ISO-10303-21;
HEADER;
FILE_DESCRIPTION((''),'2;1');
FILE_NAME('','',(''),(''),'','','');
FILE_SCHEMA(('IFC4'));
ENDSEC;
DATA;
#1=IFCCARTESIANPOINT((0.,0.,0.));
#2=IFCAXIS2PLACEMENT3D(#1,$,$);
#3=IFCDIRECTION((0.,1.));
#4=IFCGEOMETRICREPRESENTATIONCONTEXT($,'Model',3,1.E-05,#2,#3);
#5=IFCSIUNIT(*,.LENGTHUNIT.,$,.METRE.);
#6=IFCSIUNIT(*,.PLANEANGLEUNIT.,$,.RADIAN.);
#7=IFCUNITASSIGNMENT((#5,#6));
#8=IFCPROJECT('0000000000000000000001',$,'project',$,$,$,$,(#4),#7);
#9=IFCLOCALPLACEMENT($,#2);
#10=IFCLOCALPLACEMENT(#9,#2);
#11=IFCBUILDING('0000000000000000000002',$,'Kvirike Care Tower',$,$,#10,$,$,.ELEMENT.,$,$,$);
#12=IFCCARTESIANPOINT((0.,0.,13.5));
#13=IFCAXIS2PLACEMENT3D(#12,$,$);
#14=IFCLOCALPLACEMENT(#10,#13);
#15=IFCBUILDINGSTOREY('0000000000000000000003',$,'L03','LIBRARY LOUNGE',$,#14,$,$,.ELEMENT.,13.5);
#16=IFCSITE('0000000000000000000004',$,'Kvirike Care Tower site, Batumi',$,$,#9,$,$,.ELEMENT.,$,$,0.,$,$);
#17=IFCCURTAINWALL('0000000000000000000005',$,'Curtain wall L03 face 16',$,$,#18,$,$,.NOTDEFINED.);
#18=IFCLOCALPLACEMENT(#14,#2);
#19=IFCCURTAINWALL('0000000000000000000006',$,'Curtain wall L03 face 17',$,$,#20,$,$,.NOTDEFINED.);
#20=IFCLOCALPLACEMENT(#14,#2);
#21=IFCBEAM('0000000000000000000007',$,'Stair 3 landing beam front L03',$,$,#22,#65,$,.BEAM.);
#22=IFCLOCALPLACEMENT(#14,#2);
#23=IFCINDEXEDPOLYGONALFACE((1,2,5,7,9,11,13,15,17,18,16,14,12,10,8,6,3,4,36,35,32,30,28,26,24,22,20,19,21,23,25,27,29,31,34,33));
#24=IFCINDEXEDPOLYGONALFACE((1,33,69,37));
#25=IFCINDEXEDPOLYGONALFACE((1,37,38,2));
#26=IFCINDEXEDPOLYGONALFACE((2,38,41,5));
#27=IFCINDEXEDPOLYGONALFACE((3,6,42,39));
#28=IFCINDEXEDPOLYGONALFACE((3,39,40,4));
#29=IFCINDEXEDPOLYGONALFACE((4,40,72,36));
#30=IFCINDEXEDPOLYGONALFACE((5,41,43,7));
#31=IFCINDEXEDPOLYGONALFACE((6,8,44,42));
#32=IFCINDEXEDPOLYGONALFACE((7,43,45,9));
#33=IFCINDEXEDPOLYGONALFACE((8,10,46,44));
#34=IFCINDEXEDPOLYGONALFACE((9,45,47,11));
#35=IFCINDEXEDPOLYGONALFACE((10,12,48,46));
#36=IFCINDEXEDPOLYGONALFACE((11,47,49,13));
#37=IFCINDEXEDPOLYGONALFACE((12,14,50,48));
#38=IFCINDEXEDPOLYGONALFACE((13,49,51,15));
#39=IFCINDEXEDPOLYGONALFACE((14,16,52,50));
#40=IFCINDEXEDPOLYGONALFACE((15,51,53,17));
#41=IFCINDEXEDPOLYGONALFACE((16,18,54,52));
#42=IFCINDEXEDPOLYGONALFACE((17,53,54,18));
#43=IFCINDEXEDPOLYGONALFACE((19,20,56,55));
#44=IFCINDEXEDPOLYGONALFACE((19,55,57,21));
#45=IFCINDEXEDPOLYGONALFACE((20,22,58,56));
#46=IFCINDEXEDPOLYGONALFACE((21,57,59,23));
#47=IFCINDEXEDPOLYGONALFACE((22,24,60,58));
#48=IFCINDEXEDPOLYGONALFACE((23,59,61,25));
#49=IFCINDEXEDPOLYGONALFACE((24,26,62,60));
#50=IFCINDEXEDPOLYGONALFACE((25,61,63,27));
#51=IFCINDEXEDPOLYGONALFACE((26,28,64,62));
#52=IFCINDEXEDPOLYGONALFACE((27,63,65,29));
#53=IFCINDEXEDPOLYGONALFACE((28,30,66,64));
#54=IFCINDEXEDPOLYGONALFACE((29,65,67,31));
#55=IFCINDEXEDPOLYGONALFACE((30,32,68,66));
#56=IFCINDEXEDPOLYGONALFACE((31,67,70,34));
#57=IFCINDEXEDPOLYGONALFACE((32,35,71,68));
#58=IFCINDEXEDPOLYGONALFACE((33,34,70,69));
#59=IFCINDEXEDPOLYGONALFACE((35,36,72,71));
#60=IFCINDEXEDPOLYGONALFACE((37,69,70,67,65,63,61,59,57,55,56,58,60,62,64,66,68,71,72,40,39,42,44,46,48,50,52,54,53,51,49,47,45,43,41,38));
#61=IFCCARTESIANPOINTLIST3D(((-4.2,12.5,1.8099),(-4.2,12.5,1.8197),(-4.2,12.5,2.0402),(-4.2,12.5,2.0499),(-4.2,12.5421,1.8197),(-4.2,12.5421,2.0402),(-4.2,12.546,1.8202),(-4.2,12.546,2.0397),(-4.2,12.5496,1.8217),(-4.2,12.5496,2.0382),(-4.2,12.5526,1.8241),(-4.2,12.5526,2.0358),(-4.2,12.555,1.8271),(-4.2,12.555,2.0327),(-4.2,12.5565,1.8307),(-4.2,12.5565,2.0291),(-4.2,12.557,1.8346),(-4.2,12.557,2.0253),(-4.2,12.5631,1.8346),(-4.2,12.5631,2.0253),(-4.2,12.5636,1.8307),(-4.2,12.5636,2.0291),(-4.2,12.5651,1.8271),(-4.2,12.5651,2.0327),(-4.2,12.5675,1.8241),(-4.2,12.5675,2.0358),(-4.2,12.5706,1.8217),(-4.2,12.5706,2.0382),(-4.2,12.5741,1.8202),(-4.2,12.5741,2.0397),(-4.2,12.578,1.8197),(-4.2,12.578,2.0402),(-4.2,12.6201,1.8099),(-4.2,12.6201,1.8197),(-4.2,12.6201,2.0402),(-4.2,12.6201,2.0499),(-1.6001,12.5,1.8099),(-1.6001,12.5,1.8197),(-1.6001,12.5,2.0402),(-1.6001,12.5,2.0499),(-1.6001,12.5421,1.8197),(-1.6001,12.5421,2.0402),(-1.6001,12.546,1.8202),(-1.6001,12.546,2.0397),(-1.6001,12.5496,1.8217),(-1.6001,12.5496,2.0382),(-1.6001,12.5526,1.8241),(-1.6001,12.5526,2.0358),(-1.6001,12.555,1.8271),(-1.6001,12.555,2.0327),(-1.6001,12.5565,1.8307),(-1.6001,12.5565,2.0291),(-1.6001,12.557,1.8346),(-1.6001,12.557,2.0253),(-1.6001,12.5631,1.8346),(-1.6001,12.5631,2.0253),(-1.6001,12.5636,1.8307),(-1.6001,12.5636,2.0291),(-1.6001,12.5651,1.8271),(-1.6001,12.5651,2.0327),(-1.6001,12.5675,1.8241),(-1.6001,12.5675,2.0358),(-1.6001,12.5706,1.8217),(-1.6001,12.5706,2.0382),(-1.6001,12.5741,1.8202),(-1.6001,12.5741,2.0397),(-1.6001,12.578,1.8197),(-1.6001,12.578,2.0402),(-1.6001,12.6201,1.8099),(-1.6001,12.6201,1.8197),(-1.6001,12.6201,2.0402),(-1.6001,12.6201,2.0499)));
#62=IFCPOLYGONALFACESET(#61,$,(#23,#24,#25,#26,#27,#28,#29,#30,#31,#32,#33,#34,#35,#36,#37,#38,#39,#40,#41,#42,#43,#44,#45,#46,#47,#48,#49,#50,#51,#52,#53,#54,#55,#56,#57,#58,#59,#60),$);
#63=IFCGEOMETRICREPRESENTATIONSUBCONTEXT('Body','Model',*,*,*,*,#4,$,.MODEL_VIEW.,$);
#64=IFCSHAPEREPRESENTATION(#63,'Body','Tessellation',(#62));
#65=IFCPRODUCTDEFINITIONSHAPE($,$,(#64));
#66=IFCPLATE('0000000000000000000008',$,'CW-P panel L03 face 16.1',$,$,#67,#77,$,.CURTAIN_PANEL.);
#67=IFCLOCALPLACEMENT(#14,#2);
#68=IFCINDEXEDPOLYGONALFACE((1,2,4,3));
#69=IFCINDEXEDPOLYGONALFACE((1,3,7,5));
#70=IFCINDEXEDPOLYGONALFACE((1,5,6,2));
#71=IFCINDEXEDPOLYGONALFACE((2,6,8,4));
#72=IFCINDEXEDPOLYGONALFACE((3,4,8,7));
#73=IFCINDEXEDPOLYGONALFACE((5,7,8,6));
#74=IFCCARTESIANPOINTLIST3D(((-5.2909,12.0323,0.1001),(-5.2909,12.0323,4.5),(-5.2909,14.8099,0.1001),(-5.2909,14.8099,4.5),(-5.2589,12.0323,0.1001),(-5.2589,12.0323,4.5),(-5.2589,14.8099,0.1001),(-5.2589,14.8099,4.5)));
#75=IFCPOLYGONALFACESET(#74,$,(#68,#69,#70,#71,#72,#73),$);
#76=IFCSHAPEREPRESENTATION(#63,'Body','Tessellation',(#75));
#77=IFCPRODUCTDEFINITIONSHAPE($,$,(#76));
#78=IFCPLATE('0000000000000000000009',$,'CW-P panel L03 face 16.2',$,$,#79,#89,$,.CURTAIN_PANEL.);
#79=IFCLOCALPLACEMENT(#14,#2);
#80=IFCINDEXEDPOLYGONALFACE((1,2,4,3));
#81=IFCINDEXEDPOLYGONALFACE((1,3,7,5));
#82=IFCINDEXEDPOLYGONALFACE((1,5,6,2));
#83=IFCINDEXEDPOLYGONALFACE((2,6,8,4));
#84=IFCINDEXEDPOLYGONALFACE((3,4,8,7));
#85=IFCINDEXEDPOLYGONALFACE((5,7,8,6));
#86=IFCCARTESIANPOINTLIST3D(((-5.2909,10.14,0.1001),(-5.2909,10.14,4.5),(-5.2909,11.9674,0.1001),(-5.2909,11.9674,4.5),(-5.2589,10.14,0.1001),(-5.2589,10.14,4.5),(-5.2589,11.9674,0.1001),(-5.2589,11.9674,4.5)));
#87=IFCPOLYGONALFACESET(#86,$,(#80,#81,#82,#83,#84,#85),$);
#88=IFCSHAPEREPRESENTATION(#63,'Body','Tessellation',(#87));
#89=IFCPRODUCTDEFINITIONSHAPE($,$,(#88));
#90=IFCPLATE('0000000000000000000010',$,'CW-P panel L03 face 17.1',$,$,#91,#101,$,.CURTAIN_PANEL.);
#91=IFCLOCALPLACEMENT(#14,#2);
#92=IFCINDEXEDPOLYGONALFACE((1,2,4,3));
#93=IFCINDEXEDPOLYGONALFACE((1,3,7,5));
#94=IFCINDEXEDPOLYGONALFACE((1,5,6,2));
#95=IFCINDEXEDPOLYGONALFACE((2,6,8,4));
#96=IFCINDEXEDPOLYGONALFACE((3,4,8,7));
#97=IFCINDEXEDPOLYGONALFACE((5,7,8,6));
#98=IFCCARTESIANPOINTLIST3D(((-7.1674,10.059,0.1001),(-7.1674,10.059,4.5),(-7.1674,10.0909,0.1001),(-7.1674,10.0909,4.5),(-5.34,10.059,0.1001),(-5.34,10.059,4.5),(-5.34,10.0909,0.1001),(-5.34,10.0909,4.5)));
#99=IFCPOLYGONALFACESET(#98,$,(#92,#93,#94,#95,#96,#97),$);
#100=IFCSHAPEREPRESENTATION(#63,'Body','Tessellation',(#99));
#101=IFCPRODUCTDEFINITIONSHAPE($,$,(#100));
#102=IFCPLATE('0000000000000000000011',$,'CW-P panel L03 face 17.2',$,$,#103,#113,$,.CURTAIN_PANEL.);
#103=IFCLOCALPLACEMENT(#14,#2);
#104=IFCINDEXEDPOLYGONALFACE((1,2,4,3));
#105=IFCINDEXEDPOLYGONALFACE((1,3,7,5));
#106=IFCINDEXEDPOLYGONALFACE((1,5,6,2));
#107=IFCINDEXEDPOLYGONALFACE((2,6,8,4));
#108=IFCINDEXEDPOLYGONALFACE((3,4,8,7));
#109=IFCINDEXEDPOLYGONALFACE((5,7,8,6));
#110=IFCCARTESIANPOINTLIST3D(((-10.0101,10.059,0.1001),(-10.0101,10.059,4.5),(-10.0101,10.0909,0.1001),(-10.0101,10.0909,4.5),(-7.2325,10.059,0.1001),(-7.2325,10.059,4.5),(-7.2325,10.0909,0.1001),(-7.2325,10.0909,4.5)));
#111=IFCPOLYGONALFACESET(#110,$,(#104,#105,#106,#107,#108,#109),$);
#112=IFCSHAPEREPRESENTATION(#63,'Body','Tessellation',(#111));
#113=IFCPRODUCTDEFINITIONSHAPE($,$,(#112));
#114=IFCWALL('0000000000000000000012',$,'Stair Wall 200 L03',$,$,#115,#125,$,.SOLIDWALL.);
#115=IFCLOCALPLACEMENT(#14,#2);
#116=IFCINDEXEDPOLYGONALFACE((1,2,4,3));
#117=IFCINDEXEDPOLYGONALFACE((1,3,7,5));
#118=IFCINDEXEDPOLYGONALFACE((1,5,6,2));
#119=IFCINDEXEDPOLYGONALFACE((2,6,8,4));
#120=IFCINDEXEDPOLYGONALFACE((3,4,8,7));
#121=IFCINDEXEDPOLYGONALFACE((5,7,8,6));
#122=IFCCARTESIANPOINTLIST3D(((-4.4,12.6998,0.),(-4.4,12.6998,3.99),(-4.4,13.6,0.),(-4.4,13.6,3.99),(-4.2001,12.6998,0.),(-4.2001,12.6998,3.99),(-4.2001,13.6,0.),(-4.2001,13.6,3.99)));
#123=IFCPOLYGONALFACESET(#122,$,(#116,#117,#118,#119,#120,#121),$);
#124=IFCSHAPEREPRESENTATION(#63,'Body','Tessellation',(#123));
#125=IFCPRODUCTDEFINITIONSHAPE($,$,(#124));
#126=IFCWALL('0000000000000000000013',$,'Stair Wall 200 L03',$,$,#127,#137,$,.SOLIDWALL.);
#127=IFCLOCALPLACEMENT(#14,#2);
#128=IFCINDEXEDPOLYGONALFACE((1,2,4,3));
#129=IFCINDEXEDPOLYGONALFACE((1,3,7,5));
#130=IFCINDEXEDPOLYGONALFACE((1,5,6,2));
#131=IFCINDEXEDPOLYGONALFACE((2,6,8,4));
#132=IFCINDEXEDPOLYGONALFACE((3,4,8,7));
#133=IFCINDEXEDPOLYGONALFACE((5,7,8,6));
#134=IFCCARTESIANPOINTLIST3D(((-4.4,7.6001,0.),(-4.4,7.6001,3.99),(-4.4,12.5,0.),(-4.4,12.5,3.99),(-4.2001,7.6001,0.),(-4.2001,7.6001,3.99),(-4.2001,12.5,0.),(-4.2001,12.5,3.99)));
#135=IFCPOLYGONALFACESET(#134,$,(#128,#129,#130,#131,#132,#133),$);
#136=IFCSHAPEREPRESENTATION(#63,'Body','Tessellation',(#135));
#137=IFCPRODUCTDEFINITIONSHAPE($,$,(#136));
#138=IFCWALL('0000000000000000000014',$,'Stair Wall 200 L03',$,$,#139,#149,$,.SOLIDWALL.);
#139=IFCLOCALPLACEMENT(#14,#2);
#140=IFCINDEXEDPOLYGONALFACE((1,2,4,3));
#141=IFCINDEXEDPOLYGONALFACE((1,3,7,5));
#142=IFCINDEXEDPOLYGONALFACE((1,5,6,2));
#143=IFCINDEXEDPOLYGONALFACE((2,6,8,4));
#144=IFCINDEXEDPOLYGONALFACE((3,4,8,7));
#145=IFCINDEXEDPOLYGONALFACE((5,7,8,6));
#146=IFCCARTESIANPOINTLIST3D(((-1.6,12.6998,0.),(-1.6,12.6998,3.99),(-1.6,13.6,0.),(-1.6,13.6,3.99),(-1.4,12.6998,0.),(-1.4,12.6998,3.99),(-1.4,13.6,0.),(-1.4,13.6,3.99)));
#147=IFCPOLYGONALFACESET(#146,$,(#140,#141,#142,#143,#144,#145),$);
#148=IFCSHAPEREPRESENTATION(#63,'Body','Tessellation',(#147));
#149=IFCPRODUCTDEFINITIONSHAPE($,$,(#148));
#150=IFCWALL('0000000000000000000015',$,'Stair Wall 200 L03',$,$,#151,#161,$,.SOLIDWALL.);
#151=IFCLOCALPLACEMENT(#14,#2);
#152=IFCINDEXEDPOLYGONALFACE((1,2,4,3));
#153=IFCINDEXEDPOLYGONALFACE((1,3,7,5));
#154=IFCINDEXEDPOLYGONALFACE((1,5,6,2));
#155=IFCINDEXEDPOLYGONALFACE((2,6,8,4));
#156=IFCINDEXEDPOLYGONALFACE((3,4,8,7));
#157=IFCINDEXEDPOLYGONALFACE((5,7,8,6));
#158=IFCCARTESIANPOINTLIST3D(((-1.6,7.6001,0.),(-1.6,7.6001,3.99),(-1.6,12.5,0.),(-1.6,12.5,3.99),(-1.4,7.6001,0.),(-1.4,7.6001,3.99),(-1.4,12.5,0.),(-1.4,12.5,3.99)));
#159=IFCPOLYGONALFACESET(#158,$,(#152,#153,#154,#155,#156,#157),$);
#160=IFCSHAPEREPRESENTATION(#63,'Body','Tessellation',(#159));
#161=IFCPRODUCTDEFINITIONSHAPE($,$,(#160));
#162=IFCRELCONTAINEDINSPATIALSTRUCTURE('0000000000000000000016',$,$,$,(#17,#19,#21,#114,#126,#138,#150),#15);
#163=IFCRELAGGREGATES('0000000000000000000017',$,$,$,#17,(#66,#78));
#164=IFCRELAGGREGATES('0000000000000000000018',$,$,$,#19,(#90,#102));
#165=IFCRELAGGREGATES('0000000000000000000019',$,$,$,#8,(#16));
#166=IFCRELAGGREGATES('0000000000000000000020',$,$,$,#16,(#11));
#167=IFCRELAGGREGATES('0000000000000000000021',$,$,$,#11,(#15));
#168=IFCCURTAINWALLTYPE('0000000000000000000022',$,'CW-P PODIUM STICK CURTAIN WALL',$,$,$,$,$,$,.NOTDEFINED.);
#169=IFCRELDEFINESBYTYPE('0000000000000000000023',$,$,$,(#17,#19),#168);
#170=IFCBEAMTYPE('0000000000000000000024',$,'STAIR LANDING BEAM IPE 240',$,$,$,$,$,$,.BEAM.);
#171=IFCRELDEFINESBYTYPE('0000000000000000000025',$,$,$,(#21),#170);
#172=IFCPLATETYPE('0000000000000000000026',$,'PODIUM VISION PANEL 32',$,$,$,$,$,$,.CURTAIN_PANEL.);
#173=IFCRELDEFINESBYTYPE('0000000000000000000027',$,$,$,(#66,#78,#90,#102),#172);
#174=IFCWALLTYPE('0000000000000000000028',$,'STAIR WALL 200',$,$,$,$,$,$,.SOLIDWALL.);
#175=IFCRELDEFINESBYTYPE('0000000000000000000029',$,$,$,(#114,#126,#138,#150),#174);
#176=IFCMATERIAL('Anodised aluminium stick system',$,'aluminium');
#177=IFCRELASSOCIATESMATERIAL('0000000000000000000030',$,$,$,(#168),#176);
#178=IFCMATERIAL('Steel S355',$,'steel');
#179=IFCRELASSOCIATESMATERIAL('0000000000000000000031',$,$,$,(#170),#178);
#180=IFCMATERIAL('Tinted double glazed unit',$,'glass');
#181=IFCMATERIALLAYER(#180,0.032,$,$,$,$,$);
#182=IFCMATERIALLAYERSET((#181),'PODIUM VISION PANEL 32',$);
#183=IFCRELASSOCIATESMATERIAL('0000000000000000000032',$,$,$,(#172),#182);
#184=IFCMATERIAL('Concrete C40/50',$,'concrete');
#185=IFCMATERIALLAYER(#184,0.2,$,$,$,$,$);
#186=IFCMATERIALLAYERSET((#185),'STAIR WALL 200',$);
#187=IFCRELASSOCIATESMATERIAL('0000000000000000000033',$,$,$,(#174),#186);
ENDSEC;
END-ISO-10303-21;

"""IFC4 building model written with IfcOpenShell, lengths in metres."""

from ifc_helpers import new_model, si_unit, direction, frame, frame_2d, origin, origin_2d, place, context, subcontext, project, spatial, rectangle, i_section, extrude, material, layer, layer_set, material_profile, profile_set, type_object, element, aggregate, save


model = new_model("IFC4")

# Units and contexts
model_context = context("Model", 3, precision=1e-05, world=origin(), true_north=direction((0.0, 1.0)))
body_context = subcontext(model_context, "Body", "Model", "MODEL_VIEW")
ifc_project = project(units=[si_unit("LENGTHUNIT", "METRE"), si_unit("PLANEANGLEUNIT", "RADIAN")], contexts=[model_context])

# Site, building, storey
site_placement = place(None, origin())
site = spatial("IfcSite", under=ifc_project, at=site_placement, Name="Kvirike Care Tower site, Batumi", CompositionType="ELEMENT", RefElevation=0.0)
building_placement = place(site_placement, origin())
building = spatial("IfcBuilding", under=site, at=building_placement, Name="Kvirike Care Tower", CompositionType="ELEMENT")
storey_placement = place(building_placement, frame((0.0, 0.0, 13.5)))
storey = spatial("IfcBuildingStorey", under=building, at=storey_placement, Name="L03", Description="LIBRARY LOUNGE", CompositionType="ELEMENT", Elevation=13.5)

# Curtain walls
ifc_material_1 = material(Name="Anodised aluminium stick system", Category="aluminium")
curtain_wall_type = type_object("IfcCurtainWallType", Name="CW-P PODIUM STICK CURTAIN WALL", PredefinedType="NOTDEFINED", material=ifc_material_1)
curtain_wall_1_placement = place(storey_placement, origin())
curtain_wall_1 = element("IfcCurtainWall", 1, at=curtain_wall_1_placement, inside=storey, type_object=curtain_wall_type, Name="Curtain wall L03 face 16", PredefinedType="NOTDEFINED")
curtain_wall_2_placement = place(storey_placement, origin())
curtain_wall_2 = element("IfcCurtainWall", 2, at=curtain_wall_2_placement, inside=storey, type_object=curtain_wall_type, Name="Curtain wall L03 face 17", PredefinedType="NOTDEFINED")

# Beam
ifc_material_2 = material(Name="Steel S355", Category="steel")
ifc_material_profile_1 = material_profile(ifc_material_2, i_section(OverallWidth=0.1201, OverallDepth=0.24, WebThickness=0.0061, FlangeThickness=0.0098, FilletRadius=0.0149, at=origin_2d()), Name="IPE 240")
ifc_profile_set_1 = profile_set([ifc_material_profile_1], Name="Steel S355")
beam_type = type_object("IfcBeamType", Name="STAIR LANDING BEAM IPE 240", PredefinedType="BEAM", material=ifc_profile_set_1)
beam_placement = place(storey_placement, frame((-4.2, 12.5601, 1.9299), z_axis=(1.0, 0.0, 0.0), x_axis=(0.0, 1.0, 0.0)))
element("IfcBeam", 3, at=beam_placement, inside=storey, type_object=beam_type, Name="Stair 3 landing beam front L03", PredefinedType="BEAM", context=body_context, shape_type="SweptSolid", body=[
    extrude(i_section(OverallWidth=0.1201, OverallDepth=0.24, WebThickness=0.0061, FlangeThickness=0.0098, FilletRadius=0.0149, at=origin_2d()), origin(), (0.0, 0.0, 1.0), 2.5999),
])

# Plates
ifc_material_3 = material(Name="Tinted double glazed unit", Category="glass")
ifc_layer_1 = layer(ifc_material_3, 0.032)
ifc_layer_set_1 = layer_set([ifc_layer_1], Name="PODIUM VISION PANEL 32")
plate_type = type_object("IfcPlateType", Name="PODIUM VISION PANEL 32", PredefinedType="CURTAIN_PANEL", material=ifc_layer_set_1)
plate_1_placement = place(storey_placement, frame((-5.2749, 13.4211, 0.1001), z_axis=(0.0, 0.0, 1.0), x_axis=(0.0, -1.0, 0.0)))
plate_1 = element("IfcPlate", 4, at=plate_1_placement, type_object=plate_type, Name="CW-P panel L03 face 16.1", PredefinedType="CURTAIN_PANEL", context=body_context, shape_type="SweptSolid", body=[
    extrude(rectangle(XDim=2.7776, YDim=0.032, at=origin_2d()), origin(), (0.0, 0.0, 1.0), 4.3999),
])
plate_2_placement = place(storey_placement, frame((-5.2749, 11.0537, 0.1001), z_axis=(0.0, 0.0, 1.0), x_axis=(0.0, -1.0, 0.0)))
plate_2 = element("IfcPlate", 5, at=plate_2_placement, type_object=plate_type, Name="CW-P panel L03 face 16.2", PredefinedType="CURTAIN_PANEL", context=body_context, shape_type="SweptSolid", body=[
    extrude(rectangle(XDim=1.8274, YDim=0.032, at=origin_2d()), origin(), (0.0, 0.0, 1.0), 4.3999),
])
aggregate(curtain_wall_1, [plate_1, plate_2])
plate_3_placement = place(storey_placement, frame((-6.2537, 10.075, 0.1001), z_axis=(0.0, 0.0, 1.0), x_axis=(-1.0, 0.0, 0.0)))
plate_3 = element("IfcPlate", 6, at=plate_3_placement, type_object=plate_type, Name="CW-P panel L03 face 17.1", PredefinedType="CURTAIN_PANEL", context=body_context, shape_type="SweptSolid", body=[
    extrude(rectangle(XDim=1.8274, YDim=0.032, at=origin_2d()), origin(), (0.0, 0.0, 1.0), 4.3999),
])
plate_4_placement = place(storey_placement, frame((-8.6213, 10.075, 0.1001), z_axis=(0.0, 0.0, 1.0), x_axis=(-1.0, 0.0, 0.0)))
plate_4 = element("IfcPlate", 7, at=plate_4_placement, type_object=plate_type, Name="CW-P panel L03 face 17.2", PredefinedType="CURTAIN_PANEL", context=body_context, shape_type="SweptSolid", body=[
    extrude(rectangle(XDim=2.7776, YDim=0.032, at=origin_2d()), origin(), (0.0, 0.0, 1.0), 4.3999),
])
aggregate(curtain_wall_2, [plate_3, plate_4])

# Walls
ifc_material_4 = material(Name="Concrete C40/50", Category="concrete")
ifc_layer_2 = layer(ifc_material_4, 0.2)
ifc_layer_set_2 = layer_set([ifc_layer_2], Name="STAIR WALL 200")
wall_type = type_object("IfcWallType", Name="STAIR WALL 200", PredefinedType="SOLIDWALL", material=ifc_layer_set_2)
wall_1_placement = place(storey_placement, frame((-4.3, 13.6001, 0.0), z_axis=(0.0, 0.0, 1.0), x_axis=(0.0, -1.0, 0.0)))
element("IfcWall", 8, at=wall_1_placement, inside=storey, type_object=wall_type, Name="Stair Wall 200 L03", PredefinedType="SOLIDWALL", context=body_context, shape_type="SweptSolid", body=[
    extrude(rectangle(XDim=0.9001, YDim=0.2, at=frame_2d((0.4502, 0.0))), origin(), (0.0, 0.0, 1.0), 3.99),
])
wall_2_placement = place(storey_placement, frame((-4.3, 12.5, 0.0), z_axis=(0.0, 0.0, 1.0), x_axis=(0.0, -1.0, 0.0)))
element("IfcWall", 9, at=wall_2_placement, inside=storey, type_object=wall_type, Name="Stair Wall 200 L03", PredefinedType="SOLIDWALL", context=body_context, shape_type="SweptSolid", body=[
    extrude(rectangle(XDim=4.8999, YDim=0.2, at=frame_2d((2.45, 0.0))), origin(), (0.0, 0.0, 1.0), 3.99),
])
wall_3_placement = place(storey_placement, frame((-1.5, 13.6001, 0.0), z_axis=(0.0, 0.0, 1.0), x_axis=(0.0, -1.0, 0.0)))
element("IfcWall", 10, at=wall_3_placement, inside=storey, type_object=wall_type, Name="Stair Wall 200 L03", PredefinedType="SOLIDWALL", context=body_context, shape_type="SweptSolid", body=[
    extrude(rectangle(XDim=0.9001, YDim=0.2, at=frame_2d((0.4502, 0.0))), origin(), (0.0, 0.0, 1.0), 3.99),
])
wall_4_placement = place(storey_placement, frame((-1.5, 12.5, 0.0), z_axis=(0.0, 0.0, 1.0), x_axis=(0.0, -1.0, 0.0)))
element("IfcWall", 11, at=wall_4_placement, inside=storey, type_object=wall_type, Name="Stair Wall 200 L03", PredefinedType="SOLIDWALL", context=body_context, shape_type="SweptSolid", body=[
    extrude(rectangle(XDim=4.8999, YDim=0.2, at=frame_2d((2.45, 0.0))), origin(), (0.0, 0.0, 1.0), 3.99),
])

save(model, "model.ifc")
